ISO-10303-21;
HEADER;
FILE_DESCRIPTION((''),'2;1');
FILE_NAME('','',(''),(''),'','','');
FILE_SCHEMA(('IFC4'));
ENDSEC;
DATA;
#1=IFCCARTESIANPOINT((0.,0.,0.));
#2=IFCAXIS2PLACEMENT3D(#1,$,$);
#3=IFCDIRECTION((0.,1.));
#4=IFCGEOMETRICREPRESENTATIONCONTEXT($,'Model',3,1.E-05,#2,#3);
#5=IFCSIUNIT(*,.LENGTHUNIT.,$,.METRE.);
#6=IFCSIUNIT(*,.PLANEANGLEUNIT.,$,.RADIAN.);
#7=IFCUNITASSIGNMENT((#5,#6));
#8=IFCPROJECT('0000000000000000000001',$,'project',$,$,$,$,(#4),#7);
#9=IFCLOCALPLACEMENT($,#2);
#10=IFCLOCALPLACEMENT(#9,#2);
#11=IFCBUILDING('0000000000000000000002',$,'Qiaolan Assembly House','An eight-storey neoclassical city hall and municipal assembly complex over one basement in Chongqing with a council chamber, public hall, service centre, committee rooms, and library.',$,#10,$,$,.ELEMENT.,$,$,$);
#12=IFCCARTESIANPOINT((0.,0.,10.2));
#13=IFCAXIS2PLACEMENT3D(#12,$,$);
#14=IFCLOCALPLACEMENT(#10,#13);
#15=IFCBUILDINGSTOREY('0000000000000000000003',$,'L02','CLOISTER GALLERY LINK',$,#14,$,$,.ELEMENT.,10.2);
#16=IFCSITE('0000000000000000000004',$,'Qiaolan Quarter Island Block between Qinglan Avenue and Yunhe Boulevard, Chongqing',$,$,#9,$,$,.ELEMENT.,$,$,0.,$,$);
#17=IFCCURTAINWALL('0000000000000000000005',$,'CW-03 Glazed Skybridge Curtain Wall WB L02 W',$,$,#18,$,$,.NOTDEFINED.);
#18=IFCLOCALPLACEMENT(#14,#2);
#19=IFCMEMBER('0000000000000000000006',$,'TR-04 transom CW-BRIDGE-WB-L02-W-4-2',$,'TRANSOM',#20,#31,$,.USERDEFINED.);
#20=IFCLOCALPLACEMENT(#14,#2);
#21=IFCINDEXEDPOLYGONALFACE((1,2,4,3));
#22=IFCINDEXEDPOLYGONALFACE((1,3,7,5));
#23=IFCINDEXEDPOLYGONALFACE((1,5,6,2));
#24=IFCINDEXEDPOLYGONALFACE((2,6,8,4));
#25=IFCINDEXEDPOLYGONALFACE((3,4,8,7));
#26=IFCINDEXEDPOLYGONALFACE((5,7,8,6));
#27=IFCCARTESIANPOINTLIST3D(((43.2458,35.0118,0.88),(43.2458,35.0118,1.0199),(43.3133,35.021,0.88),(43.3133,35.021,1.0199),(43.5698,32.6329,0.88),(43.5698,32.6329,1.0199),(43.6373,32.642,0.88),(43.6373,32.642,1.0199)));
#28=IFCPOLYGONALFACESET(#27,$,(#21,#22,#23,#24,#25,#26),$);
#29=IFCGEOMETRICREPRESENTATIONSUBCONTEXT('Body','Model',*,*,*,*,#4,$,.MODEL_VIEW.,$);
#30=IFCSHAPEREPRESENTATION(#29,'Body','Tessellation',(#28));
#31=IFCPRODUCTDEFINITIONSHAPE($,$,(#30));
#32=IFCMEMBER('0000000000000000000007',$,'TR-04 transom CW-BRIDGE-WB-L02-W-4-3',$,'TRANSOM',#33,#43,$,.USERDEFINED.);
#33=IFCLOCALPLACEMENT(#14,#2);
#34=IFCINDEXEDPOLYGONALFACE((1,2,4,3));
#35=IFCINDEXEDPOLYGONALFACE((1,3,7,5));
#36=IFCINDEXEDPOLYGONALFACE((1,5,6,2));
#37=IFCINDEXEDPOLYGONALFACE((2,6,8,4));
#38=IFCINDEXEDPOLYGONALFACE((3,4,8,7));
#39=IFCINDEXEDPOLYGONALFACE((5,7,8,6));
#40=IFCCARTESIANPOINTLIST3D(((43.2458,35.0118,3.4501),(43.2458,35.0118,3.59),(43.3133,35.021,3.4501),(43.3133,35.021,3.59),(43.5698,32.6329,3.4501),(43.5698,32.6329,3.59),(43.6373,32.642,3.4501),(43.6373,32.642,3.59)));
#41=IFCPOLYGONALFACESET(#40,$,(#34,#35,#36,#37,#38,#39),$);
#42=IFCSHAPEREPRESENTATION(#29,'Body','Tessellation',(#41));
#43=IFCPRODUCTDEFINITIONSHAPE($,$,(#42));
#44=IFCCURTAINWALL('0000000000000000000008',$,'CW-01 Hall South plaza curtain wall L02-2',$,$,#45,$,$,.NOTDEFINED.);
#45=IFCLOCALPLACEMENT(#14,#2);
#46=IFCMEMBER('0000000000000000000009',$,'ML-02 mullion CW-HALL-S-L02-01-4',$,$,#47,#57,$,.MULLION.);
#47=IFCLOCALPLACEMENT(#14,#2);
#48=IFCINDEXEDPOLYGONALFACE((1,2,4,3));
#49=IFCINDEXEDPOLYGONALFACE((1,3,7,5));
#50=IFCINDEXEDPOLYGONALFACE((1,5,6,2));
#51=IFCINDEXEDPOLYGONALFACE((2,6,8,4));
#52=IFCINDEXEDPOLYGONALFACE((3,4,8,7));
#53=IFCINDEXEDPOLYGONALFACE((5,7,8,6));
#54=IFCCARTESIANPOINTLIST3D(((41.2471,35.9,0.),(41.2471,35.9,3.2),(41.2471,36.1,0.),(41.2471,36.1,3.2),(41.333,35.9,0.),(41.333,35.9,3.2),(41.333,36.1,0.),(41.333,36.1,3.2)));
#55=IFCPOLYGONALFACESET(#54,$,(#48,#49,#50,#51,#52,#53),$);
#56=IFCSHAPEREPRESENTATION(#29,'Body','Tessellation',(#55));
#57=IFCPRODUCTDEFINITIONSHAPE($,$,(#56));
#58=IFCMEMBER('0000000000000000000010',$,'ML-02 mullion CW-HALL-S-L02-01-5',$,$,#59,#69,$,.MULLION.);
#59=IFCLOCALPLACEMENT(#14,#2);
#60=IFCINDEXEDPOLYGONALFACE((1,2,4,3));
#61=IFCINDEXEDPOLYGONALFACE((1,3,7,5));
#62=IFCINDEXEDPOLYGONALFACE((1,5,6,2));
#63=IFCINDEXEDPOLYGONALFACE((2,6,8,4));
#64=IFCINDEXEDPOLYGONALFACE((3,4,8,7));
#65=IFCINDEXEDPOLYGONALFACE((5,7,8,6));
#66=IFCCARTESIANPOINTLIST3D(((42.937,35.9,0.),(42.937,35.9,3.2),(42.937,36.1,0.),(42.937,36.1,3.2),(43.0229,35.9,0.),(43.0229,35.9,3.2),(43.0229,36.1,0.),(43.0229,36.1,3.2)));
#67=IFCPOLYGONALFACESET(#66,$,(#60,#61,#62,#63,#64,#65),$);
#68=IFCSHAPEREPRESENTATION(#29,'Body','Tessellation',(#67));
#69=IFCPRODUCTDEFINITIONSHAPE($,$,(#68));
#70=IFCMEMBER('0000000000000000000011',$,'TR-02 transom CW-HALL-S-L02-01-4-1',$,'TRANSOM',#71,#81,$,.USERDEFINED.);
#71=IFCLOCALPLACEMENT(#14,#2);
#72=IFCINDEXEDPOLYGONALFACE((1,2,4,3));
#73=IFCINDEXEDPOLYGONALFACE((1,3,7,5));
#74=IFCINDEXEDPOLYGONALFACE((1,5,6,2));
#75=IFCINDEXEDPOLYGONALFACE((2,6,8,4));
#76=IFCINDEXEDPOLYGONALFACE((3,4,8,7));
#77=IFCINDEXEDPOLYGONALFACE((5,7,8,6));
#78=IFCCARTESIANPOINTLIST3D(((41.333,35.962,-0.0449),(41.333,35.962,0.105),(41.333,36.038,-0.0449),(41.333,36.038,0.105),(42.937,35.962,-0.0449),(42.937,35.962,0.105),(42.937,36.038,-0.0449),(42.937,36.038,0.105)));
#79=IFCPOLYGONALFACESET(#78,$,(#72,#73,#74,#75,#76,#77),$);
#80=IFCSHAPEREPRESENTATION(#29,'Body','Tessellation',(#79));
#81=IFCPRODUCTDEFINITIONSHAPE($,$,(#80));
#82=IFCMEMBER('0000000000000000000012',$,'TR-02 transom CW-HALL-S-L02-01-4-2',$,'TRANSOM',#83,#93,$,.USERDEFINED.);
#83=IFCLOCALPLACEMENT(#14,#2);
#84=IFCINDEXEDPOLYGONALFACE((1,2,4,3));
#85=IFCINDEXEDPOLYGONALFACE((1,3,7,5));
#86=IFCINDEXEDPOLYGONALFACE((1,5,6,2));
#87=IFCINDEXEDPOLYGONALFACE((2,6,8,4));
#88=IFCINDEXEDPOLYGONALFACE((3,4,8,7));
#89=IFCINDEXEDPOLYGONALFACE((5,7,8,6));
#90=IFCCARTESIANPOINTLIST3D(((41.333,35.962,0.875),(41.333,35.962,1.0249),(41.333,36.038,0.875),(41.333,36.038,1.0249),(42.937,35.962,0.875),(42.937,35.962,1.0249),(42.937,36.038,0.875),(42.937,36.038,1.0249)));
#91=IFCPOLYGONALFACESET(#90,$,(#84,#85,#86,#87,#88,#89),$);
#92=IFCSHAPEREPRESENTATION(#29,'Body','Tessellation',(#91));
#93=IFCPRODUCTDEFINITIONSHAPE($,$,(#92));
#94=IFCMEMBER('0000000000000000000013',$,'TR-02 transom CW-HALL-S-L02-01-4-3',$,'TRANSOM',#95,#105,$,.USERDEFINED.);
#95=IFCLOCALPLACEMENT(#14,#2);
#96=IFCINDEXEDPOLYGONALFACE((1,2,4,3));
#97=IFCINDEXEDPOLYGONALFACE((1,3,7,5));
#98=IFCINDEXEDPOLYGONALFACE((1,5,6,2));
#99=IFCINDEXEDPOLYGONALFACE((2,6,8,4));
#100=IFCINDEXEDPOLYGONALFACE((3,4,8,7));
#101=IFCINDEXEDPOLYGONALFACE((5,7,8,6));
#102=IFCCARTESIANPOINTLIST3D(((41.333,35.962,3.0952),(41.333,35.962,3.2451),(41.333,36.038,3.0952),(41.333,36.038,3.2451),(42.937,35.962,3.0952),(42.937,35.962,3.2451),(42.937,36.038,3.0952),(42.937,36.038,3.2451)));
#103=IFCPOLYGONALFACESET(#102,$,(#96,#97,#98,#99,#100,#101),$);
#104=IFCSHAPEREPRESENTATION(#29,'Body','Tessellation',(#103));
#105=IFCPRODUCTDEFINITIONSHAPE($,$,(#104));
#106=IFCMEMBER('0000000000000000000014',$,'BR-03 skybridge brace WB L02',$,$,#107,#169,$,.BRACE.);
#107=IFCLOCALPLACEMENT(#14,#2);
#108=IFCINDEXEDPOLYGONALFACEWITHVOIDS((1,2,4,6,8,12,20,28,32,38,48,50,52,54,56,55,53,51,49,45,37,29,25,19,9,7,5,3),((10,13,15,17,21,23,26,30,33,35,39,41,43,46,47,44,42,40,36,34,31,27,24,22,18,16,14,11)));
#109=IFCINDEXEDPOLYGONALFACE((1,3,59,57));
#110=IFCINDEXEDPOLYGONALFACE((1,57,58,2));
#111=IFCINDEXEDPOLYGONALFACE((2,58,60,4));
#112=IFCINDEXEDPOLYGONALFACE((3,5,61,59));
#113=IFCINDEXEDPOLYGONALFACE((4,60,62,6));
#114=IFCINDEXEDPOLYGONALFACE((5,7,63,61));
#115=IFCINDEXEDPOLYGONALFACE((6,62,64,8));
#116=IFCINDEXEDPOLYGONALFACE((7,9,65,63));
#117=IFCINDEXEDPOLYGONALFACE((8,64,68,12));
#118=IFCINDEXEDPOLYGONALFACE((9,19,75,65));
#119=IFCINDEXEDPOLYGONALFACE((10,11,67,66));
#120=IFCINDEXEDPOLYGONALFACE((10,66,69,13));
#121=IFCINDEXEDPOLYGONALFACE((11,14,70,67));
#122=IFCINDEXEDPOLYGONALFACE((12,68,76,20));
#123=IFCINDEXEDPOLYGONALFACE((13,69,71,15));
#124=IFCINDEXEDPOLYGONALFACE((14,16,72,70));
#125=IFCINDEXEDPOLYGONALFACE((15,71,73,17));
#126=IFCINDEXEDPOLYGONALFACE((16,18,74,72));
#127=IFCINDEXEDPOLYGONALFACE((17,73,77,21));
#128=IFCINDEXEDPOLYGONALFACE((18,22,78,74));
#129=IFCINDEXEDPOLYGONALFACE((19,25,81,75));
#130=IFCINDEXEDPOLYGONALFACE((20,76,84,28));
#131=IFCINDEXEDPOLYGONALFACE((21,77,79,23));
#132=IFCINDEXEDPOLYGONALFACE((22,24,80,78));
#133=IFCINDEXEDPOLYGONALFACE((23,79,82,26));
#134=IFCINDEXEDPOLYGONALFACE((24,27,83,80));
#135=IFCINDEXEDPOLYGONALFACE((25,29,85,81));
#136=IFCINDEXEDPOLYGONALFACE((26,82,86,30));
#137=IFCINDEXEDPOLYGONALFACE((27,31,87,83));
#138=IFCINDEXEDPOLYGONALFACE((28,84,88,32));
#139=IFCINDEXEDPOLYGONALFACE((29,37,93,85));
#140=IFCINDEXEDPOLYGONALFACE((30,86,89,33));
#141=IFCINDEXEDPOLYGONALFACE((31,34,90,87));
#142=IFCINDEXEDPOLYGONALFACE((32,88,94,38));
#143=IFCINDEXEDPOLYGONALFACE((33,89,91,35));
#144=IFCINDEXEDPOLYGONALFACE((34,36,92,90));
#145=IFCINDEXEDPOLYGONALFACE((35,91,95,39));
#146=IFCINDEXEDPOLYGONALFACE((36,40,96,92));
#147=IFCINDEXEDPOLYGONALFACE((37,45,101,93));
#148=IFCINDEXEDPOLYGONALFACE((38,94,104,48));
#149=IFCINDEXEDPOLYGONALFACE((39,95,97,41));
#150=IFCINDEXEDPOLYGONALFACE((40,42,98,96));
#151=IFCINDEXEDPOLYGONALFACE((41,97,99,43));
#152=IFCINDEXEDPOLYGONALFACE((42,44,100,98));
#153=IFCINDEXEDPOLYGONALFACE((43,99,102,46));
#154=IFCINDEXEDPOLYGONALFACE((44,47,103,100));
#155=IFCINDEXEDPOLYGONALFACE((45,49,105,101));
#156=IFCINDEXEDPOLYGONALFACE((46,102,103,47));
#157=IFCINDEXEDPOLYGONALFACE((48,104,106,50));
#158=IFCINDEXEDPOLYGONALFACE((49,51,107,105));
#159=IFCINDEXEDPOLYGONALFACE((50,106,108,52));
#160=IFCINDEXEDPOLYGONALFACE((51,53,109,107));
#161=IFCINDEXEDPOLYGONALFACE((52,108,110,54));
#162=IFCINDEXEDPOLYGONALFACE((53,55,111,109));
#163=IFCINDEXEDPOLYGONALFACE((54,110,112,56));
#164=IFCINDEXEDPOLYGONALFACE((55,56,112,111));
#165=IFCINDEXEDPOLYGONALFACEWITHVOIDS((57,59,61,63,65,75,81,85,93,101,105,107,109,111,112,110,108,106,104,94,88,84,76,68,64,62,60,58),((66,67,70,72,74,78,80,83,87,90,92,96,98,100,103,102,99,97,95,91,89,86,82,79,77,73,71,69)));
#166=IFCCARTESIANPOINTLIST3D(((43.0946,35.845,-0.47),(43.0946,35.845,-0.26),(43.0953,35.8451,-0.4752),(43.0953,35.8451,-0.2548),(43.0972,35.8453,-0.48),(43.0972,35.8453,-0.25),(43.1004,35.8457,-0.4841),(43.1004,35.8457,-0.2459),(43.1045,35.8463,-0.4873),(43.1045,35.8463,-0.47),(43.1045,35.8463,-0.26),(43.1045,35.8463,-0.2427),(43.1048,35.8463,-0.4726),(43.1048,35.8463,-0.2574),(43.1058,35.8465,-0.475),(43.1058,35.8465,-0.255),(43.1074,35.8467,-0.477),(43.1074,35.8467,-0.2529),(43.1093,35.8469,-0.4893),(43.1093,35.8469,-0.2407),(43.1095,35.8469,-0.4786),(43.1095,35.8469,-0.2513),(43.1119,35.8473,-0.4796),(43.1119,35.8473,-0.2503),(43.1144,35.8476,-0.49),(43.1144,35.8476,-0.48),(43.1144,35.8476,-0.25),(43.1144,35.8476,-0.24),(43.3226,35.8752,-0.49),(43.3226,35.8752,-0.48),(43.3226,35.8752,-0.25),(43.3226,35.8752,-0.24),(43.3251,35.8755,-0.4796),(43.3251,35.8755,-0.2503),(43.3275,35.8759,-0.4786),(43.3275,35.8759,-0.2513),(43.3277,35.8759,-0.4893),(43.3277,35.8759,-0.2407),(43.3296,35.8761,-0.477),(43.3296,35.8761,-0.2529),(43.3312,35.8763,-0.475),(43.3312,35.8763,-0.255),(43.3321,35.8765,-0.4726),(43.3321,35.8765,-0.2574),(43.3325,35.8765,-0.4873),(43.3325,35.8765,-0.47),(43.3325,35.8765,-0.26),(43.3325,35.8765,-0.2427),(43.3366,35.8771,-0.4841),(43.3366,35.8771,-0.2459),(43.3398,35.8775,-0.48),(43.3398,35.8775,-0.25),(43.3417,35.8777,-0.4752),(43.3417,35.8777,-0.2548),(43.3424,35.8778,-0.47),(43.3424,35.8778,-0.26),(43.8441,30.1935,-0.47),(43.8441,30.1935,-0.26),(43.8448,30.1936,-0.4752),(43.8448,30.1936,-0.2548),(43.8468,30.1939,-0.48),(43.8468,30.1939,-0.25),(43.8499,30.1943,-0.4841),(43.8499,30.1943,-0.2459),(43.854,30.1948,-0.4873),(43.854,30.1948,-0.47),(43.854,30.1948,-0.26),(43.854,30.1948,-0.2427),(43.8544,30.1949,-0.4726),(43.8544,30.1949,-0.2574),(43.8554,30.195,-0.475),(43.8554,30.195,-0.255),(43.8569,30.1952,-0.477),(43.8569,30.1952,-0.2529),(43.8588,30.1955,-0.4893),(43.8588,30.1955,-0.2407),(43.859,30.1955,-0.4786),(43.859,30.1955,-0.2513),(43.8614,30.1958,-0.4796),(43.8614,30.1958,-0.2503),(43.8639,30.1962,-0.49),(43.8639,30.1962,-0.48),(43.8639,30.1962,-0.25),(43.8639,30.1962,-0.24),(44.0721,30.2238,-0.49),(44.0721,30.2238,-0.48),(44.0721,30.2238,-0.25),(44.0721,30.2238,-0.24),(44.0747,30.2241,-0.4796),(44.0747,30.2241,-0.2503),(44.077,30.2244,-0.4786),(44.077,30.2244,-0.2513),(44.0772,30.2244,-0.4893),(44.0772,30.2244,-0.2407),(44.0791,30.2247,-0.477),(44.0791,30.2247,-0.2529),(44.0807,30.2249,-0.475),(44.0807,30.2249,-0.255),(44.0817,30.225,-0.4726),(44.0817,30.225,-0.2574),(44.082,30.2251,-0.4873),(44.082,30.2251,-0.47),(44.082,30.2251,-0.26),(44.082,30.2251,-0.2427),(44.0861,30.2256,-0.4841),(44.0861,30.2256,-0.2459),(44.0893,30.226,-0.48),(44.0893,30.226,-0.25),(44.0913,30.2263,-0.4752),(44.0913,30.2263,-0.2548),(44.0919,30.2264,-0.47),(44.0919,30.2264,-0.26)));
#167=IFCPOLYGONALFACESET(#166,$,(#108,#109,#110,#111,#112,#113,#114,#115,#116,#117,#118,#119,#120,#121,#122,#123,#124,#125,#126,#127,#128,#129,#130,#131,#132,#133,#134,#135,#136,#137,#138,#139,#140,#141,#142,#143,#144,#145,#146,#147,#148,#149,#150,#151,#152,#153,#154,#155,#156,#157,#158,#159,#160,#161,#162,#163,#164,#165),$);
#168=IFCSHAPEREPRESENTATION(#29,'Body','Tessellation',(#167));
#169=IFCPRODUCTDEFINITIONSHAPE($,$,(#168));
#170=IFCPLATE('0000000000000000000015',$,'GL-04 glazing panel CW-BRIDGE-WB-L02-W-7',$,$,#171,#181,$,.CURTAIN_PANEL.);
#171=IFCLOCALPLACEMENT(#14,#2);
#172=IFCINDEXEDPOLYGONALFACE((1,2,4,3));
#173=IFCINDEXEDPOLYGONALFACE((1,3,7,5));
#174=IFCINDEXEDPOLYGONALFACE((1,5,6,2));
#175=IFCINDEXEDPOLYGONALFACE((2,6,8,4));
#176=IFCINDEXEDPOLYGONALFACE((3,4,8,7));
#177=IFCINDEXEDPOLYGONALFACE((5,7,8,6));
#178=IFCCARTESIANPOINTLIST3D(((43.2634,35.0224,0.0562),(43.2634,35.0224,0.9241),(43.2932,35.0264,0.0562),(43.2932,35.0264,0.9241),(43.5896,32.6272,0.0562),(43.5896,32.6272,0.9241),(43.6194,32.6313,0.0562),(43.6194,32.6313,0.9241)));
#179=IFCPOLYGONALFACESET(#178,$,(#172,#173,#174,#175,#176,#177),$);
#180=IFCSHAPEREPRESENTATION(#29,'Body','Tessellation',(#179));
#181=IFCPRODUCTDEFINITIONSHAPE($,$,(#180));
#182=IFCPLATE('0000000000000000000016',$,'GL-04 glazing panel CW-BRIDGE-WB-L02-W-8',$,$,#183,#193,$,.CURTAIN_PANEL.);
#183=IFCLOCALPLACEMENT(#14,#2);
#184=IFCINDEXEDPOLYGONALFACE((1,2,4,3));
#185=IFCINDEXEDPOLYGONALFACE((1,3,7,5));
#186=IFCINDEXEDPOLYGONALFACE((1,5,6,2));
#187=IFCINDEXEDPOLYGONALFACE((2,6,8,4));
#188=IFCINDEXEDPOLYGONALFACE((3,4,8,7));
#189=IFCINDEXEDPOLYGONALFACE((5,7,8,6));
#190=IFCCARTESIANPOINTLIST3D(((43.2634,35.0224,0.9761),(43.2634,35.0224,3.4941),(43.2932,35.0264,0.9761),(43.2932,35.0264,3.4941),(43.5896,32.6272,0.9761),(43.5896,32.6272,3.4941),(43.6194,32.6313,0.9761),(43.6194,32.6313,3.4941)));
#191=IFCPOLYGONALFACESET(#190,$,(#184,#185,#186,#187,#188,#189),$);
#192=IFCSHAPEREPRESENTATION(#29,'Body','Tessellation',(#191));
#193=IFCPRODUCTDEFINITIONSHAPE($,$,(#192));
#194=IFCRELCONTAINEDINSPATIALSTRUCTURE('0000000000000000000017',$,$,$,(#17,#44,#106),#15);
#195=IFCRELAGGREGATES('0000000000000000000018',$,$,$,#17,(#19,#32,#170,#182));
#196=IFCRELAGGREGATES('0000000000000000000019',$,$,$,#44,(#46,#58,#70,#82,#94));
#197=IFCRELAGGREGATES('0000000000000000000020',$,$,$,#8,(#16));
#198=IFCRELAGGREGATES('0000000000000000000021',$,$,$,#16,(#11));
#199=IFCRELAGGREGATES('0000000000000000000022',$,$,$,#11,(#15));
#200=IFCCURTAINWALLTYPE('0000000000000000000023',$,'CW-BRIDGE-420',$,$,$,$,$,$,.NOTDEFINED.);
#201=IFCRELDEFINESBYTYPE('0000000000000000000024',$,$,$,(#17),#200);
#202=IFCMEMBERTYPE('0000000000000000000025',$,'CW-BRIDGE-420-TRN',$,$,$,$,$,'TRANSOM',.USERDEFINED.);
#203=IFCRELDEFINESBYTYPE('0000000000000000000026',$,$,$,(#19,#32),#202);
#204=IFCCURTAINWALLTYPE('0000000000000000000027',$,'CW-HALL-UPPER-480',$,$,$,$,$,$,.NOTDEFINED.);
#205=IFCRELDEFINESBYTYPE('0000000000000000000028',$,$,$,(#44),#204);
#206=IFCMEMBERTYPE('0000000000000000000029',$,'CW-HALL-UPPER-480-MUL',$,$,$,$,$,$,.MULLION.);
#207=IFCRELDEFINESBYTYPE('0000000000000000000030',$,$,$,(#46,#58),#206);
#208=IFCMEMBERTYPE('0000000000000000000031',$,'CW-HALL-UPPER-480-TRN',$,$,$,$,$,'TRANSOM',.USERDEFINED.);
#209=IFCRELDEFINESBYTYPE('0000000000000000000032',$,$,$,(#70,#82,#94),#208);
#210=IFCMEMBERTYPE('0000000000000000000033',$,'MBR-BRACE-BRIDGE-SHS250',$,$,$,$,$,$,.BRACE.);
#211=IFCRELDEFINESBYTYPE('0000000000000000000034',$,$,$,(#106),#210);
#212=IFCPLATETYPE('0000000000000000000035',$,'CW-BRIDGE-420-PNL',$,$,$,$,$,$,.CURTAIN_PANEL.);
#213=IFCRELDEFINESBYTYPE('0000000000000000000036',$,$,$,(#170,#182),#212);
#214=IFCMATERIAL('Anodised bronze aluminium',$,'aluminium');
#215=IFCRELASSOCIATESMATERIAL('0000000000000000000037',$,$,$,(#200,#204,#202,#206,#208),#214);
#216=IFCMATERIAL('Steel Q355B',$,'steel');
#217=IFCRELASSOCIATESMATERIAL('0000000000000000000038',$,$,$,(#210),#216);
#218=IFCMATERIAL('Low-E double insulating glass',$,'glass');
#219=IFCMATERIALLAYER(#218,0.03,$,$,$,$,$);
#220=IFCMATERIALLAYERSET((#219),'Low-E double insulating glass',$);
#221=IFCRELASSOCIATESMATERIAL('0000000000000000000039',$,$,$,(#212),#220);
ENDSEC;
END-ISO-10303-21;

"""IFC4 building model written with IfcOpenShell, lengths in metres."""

from ifc_helpers import new_model, si_unit, direction, frame, frame_2d, origin, origin_2d, place, context, subcontext, project, spatial, rectangle, hollow_rectangle, extrude, material, layer, layer_set, material_profile, profile_set, type_object, element, aggregate, save


model = new_model("IFC4")

# Units and contexts
model_context = context("Model", 3, precision=1e-05, world=origin(), true_north=direction((0.0, 1.0)))
body_context = subcontext(model_context, "Body", "Model", "MODEL_VIEW")
ifc_project = project(units=[si_unit("LENGTHUNIT", "METRE"), si_unit("PLANEANGLEUNIT", "RADIAN")], contexts=[model_context])

# Site, building, storey
site_placement = place(None, origin())
site = spatial("IfcSite", under=ifc_project, at=site_placement, Name="Qiaolan Quarter Island Block between Qinglan Avenue and Yunhe Boulevard, Chongqing", CompositionType="ELEMENT", RefElevation=0.0)
building_placement = place(site_placement, origin())
building = spatial("IfcBuilding", under=site, at=building_placement, Name="Qiaolan Assembly House", Description="An eight-storey neoclassical city hall and municipal assembly complex over one basement in Chongqing with a council chamber, public hall, service centre, committee rooms, and library.", CompositionType="ELEMENT")
storey_placement = place(building_placement, frame((0.0, 0.0, 10.2)))
storey = spatial("IfcBuildingStorey", under=building, at=storey_placement, Name="L02", Description="CLOISTER GALLERY LINK", CompositionType="ELEMENT", Elevation=10.2)

# Shared definitions
ifc_material_1 = material(Name="Steel Q355B", Category="steel")

# Curtain walls, members
ifc_material_2 = material(Name="Anodised bronze aluminium", Category="aluminium")
curtain_wall_type_1 = type_object("IfcCurtainWallType", Name="CW-BRIDGE-420", PredefinedType="NOTDEFINED", material=ifc_material_2)
curtain_wall_1_placement = place(storey_placement, origin())
curtain_wall_1 = element("IfcCurtainWall", 1, at=curtain_wall_1_placement, inside=storey, type_object=curtain_wall_type_1, Name="CW-03 Glazed Skybridge Curtain Wall WB L02 W", PredefinedType="NOTDEFINED")
ifc_material_profile_1 = material_profile(ifc_material_2, rectangle(XDim=0.0681, YDim=0.1399, at=origin_2d()), Name="TRN 68x140")
ifc_profile_set_1 = profile_set([ifc_material_profile_1], Name="Anodised bronze aluminium")
member_type_1 = type_object("IfcMemberType", Name="CW-BRIDGE-420-TRN", ElementType="TRANSOM", PredefinedType="USERDEFINED", material=ifc_profile_set_1)
member_1_placement = place(storey_placement, frame((43.6035, 32.6375, 0.95), z_axis=(-0.134941, 0.990854, 0.0), x_axis=(-0.990854, -0.134941, 0.0)))
member_1 = element("IfcMember", 2, at=member_1_placement, type_object=member_type_1, Name="TR-04 transom CW-BRIDGE-WB-L02-W-4-2", ObjectType="TRANSOM", PredefinedType="USERDEFINED", context=body_context, shape_type="SweptSolid", body=[
    extrude(rectangle(XDim=0.0681, YDim=0.1399, at=origin_2d()), origin(), (0.0, 0.0, 1.0), 2.4009),
])
member_2_placement = place(storey_placement, frame((43.6035, 32.6375, 3.52), z_axis=(-0.134941, 0.990854, 0.0), x_axis=(-0.990854, -0.134941, 0.0)))
member_2 = element("IfcMember", 3, at=member_2_placement, type_object=member_type_1, Name="TR-04 transom CW-BRIDGE-WB-L02-W-4-3", ObjectType="TRANSOM", PredefinedType="USERDEFINED", context=body_context, shape_type="SweptSolid", body=[
    extrude(rectangle(XDim=0.0681, YDim=0.1399, at=origin_2d()), origin(), (0.0, 0.0, 1.0), 2.4009),
])
curtain_wall_type_2 = type_object("IfcCurtainWallType", Name="CW-HALL-UPPER-480", PredefinedType="NOTDEFINED", material=ifc_material_2)
curtain_wall_2_placement = place(storey_placement, origin())
curtain_wall_2 = element("IfcCurtainWall", 4, at=curtain_wall_2_placement, inside=storey, type_object=curtain_wall_type_2, Name="CW-01 Hall South plaza curtain wall L02-2", PredefinedType="NOTDEFINED")
ifc_material_profile_2 = material_profile(ifc_material_2, rectangle(XDim=0.0859, YDim=0.2, at=origin_2d()), Name="MUL 86x200")
ifc_profile_set_2 = profile_set([ifc_material_profile_2], Name="Anodised bronze aluminium")
member_type_2 = type_object("IfcMemberType", Name="CW-HALL-UPPER-480-MUL", PredefinedType="MULLION", material=ifc_profile_set_2)
member_3_placement = place(storey_placement, frame((41.29, 36.0, 0.0), z_axis=(0.0, 0.0, 1.0), x_axis=(1.0, 0.0, 0.0)))
member_3 = element("IfcMember", 5, at=member_3_placement, type_object=member_type_2, Name="ML-02 mullion CW-HALL-S-L02-01-4", PredefinedType="MULLION", context=body_context, shape_type="SweptSolid", body=[
    extrude(rectangle(XDim=0.0859, YDim=0.2, at=origin_2d()), origin(), (0.0, 0.0, 1.0), 3.2),
])
member_4_placement = place(storey_placement, frame((42.98, 36.0, 0.0), z_axis=(0.0, 0.0, 1.0), x_axis=(1.0, 0.0, 0.0)))
member_4 = element("IfcMember", 6, at=member_4_placement, type_object=member_type_2, Name="ML-02 mullion CW-HALL-S-L02-01-5", PredefinedType="MULLION", context=body_context, shape_type="SweptSolid", body=[
    extrude(rectangle(XDim=0.0859, YDim=0.2, at=origin_2d()), origin(), (0.0, 0.0, 1.0), 3.2),
])
ifc_material_profile_3 = material_profile(ifc_material_2, rectangle(XDim=0.0759, YDim=0.1499, at=origin_2d()), Name="TRN 76x150")
ifc_profile_set_3 = profile_set([ifc_material_profile_3], Name="Anodised bronze aluminium")
member_type_3 = type_object("IfcMemberType", Name="CW-HALL-UPPER-480-TRN", ElementType="TRANSOM", PredefinedType="USERDEFINED", material=ifc_profile_set_3)
member_5_placement = place(storey_placement, frame((41.333, 36.0, 0.03), z_axis=(1.0, 0.0, 0.0), x_axis=(0.0, 1.0, 0.0)))
member_5 = element("IfcMember", 7, at=member_5_placement, type_object=member_type_3, Name="TR-02 transom CW-HALL-S-L02-01-4-1", ObjectType="TRANSOM", PredefinedType="USERDEFINED", context=body_context, shape_type="SweptSolid", body=[
    extrude(rectangle(XDim=0.0759, YDim=0.1499, at=origin_2d()), origin(), (0.0, 0.0, 1.0), 1.604),
])
member_6_placement = place(storey_placement, frame((41.333, 36.0, 0.95), z_axis=(1.0, 0.0, 0.0), x_axis=(0.0, 1.0, 0.0)))
member_6 = element("IfcMember", 8, at=member_6_placement, type_object=member_type_3, Name="TR-02 transom CW-HALL-S-L02-01-4-2", ObjectType="TRANSOM", PredefinedType="USERDEFINED", context=body_context, shape_type="SweptSolid", body=[
    extrude(rectangle(XDim=0.0759, YDim=0.1499, at=origin_2d()), origin(), (0.0, 0.0, 1.0), 1.604),
])
member_7_placement = place(storey_placement, frame((41.333, 36.0, 3.1702), z_axis=(1.0, 0.0, 0.0), x_axis=(0.0, 1.0, 0.0)))
member_7 = element("IfcMember", 9, at=member_7_placement, type_object=member_type_3, Name="TR-02 transom CW-HALL-S-L02-01-4-3", ObjectType="TRANSOM", PredefinedType="USERDEFINED", context=body_context, shape_type="SweptSolid", body=[
    extrude(rectangle(XDim=0.0759, YDim=0.1499, at=origin_2d()), origin(), (0.0, 0.0, 1.0), 1.604),
])

# Member
ifc_material_profile_4 = material_profile(ifc_material_1, hollow_rectangle(XDim=0.25, YDim=0.25, WallThickness=0.01, InnerFilletRadius=0.01, OuterFilletRadius=0.02, at=origin_2d()), Name="SHS 250x250x10")
ifc_profile_set_4 = profile_set([ifc_material_profile_4], Name="Steel Q355B")
member_type_4 = type_object("IfcMemberType", Name="MBR-BRACE-BRIDGE-SHS250", PredefinedType="BRACE", material=ifc_profile_set_4)
member_8_placement = place(storey_placement, frame((43.968, 30.21, -0.365), z_axis=(-0.131474, 0.99132, 0.0), x_axis=(-0.99132, -0.131474, 0.0)))
element("IfcMember", 10, at=member_8_placement, inside=storey, type_object=member_type_4, Name="BR-03 skybridge brace WB L02", PredefinedType="BRACE", context=body_context, shape_type="SweptSolid", body=[
    extrude(hollow_rectangle(XDim=0.25, YDim=0.25, WallThickness=0.01, InnerFilletRadius=0.01, OuterFilletRadius=0.02, at=origin_2d()), origin(), (0.0, 0.0, 1.0), 5.7009),
])

# Plates
ifc_material_3 = material(Name="Low-E double insulating glass", Category="glass")
ifc_layer_1 = layer(ifc_material_3, 0.03)
ifc_layer_set_1 = layer_set([ifc_layer_1], Name="Low-E double insulating glass")
plate_type_1 = type_object("IfcPlateType", Name="CW-BRIDGE-420-PNL", PredefinedType="CURTAIN_PANEL", material=ifc_layer_set_1)
plate_1_placement = place(storey_placement, frame((43.6045, 32.6294, 0.0562), z_axis=(0.0, 0.0, 1.0), x_axis=(-0.134942, 0.990854, 0.0)))
plate_1 = element("IfcPlate", 11, at=plate_1_placement, type_object=plate_type_1, Name="GL-04 glazing panel CW-BRIDGE-WB-L02-W-7", PredefinedType="CURTAIN_PANEL", context=body_context, shape_type="SweptSolid", body=[
    extrude(rectangle(XDim=2.4172, YDim=0.03, at=frame_2d((1.2085, 0.0))), origin(), (0.0, 0.0, 1.0), 0.8679),
])
plate_2_placement = place(storey_placement, frame((43.6045, 32.6294, 0.9761), z_axis=(0.0, 0.0, 1.0), x_axis=(-0.134942, 0.990854, 0.0)))
plate_2 = element("IfcPlate", 12, at=plate_2_placement, type_object=plate_type_1, Name="GL-04 glazing panel CW-BRIDGE-WB-L02-W-8", PredefinedType="CURTAIN_PANEL", context=body_context, shape_type="SweptSolid", body=[
    extrude(rectangle(XDim=2.4172, YDim=0.03, at=frame_2d((1.2085, 0.0))), origin(), (0.0, 0.0, 1.0), 2.5181),
])
aggregate(curtain_wall_1, [member_1, member_2, plate_1, plate_2])
aggregate(curtain_wall_2, [member_3, member_4, member_5, member_6, member_7])

save(model, "model.ifc")
